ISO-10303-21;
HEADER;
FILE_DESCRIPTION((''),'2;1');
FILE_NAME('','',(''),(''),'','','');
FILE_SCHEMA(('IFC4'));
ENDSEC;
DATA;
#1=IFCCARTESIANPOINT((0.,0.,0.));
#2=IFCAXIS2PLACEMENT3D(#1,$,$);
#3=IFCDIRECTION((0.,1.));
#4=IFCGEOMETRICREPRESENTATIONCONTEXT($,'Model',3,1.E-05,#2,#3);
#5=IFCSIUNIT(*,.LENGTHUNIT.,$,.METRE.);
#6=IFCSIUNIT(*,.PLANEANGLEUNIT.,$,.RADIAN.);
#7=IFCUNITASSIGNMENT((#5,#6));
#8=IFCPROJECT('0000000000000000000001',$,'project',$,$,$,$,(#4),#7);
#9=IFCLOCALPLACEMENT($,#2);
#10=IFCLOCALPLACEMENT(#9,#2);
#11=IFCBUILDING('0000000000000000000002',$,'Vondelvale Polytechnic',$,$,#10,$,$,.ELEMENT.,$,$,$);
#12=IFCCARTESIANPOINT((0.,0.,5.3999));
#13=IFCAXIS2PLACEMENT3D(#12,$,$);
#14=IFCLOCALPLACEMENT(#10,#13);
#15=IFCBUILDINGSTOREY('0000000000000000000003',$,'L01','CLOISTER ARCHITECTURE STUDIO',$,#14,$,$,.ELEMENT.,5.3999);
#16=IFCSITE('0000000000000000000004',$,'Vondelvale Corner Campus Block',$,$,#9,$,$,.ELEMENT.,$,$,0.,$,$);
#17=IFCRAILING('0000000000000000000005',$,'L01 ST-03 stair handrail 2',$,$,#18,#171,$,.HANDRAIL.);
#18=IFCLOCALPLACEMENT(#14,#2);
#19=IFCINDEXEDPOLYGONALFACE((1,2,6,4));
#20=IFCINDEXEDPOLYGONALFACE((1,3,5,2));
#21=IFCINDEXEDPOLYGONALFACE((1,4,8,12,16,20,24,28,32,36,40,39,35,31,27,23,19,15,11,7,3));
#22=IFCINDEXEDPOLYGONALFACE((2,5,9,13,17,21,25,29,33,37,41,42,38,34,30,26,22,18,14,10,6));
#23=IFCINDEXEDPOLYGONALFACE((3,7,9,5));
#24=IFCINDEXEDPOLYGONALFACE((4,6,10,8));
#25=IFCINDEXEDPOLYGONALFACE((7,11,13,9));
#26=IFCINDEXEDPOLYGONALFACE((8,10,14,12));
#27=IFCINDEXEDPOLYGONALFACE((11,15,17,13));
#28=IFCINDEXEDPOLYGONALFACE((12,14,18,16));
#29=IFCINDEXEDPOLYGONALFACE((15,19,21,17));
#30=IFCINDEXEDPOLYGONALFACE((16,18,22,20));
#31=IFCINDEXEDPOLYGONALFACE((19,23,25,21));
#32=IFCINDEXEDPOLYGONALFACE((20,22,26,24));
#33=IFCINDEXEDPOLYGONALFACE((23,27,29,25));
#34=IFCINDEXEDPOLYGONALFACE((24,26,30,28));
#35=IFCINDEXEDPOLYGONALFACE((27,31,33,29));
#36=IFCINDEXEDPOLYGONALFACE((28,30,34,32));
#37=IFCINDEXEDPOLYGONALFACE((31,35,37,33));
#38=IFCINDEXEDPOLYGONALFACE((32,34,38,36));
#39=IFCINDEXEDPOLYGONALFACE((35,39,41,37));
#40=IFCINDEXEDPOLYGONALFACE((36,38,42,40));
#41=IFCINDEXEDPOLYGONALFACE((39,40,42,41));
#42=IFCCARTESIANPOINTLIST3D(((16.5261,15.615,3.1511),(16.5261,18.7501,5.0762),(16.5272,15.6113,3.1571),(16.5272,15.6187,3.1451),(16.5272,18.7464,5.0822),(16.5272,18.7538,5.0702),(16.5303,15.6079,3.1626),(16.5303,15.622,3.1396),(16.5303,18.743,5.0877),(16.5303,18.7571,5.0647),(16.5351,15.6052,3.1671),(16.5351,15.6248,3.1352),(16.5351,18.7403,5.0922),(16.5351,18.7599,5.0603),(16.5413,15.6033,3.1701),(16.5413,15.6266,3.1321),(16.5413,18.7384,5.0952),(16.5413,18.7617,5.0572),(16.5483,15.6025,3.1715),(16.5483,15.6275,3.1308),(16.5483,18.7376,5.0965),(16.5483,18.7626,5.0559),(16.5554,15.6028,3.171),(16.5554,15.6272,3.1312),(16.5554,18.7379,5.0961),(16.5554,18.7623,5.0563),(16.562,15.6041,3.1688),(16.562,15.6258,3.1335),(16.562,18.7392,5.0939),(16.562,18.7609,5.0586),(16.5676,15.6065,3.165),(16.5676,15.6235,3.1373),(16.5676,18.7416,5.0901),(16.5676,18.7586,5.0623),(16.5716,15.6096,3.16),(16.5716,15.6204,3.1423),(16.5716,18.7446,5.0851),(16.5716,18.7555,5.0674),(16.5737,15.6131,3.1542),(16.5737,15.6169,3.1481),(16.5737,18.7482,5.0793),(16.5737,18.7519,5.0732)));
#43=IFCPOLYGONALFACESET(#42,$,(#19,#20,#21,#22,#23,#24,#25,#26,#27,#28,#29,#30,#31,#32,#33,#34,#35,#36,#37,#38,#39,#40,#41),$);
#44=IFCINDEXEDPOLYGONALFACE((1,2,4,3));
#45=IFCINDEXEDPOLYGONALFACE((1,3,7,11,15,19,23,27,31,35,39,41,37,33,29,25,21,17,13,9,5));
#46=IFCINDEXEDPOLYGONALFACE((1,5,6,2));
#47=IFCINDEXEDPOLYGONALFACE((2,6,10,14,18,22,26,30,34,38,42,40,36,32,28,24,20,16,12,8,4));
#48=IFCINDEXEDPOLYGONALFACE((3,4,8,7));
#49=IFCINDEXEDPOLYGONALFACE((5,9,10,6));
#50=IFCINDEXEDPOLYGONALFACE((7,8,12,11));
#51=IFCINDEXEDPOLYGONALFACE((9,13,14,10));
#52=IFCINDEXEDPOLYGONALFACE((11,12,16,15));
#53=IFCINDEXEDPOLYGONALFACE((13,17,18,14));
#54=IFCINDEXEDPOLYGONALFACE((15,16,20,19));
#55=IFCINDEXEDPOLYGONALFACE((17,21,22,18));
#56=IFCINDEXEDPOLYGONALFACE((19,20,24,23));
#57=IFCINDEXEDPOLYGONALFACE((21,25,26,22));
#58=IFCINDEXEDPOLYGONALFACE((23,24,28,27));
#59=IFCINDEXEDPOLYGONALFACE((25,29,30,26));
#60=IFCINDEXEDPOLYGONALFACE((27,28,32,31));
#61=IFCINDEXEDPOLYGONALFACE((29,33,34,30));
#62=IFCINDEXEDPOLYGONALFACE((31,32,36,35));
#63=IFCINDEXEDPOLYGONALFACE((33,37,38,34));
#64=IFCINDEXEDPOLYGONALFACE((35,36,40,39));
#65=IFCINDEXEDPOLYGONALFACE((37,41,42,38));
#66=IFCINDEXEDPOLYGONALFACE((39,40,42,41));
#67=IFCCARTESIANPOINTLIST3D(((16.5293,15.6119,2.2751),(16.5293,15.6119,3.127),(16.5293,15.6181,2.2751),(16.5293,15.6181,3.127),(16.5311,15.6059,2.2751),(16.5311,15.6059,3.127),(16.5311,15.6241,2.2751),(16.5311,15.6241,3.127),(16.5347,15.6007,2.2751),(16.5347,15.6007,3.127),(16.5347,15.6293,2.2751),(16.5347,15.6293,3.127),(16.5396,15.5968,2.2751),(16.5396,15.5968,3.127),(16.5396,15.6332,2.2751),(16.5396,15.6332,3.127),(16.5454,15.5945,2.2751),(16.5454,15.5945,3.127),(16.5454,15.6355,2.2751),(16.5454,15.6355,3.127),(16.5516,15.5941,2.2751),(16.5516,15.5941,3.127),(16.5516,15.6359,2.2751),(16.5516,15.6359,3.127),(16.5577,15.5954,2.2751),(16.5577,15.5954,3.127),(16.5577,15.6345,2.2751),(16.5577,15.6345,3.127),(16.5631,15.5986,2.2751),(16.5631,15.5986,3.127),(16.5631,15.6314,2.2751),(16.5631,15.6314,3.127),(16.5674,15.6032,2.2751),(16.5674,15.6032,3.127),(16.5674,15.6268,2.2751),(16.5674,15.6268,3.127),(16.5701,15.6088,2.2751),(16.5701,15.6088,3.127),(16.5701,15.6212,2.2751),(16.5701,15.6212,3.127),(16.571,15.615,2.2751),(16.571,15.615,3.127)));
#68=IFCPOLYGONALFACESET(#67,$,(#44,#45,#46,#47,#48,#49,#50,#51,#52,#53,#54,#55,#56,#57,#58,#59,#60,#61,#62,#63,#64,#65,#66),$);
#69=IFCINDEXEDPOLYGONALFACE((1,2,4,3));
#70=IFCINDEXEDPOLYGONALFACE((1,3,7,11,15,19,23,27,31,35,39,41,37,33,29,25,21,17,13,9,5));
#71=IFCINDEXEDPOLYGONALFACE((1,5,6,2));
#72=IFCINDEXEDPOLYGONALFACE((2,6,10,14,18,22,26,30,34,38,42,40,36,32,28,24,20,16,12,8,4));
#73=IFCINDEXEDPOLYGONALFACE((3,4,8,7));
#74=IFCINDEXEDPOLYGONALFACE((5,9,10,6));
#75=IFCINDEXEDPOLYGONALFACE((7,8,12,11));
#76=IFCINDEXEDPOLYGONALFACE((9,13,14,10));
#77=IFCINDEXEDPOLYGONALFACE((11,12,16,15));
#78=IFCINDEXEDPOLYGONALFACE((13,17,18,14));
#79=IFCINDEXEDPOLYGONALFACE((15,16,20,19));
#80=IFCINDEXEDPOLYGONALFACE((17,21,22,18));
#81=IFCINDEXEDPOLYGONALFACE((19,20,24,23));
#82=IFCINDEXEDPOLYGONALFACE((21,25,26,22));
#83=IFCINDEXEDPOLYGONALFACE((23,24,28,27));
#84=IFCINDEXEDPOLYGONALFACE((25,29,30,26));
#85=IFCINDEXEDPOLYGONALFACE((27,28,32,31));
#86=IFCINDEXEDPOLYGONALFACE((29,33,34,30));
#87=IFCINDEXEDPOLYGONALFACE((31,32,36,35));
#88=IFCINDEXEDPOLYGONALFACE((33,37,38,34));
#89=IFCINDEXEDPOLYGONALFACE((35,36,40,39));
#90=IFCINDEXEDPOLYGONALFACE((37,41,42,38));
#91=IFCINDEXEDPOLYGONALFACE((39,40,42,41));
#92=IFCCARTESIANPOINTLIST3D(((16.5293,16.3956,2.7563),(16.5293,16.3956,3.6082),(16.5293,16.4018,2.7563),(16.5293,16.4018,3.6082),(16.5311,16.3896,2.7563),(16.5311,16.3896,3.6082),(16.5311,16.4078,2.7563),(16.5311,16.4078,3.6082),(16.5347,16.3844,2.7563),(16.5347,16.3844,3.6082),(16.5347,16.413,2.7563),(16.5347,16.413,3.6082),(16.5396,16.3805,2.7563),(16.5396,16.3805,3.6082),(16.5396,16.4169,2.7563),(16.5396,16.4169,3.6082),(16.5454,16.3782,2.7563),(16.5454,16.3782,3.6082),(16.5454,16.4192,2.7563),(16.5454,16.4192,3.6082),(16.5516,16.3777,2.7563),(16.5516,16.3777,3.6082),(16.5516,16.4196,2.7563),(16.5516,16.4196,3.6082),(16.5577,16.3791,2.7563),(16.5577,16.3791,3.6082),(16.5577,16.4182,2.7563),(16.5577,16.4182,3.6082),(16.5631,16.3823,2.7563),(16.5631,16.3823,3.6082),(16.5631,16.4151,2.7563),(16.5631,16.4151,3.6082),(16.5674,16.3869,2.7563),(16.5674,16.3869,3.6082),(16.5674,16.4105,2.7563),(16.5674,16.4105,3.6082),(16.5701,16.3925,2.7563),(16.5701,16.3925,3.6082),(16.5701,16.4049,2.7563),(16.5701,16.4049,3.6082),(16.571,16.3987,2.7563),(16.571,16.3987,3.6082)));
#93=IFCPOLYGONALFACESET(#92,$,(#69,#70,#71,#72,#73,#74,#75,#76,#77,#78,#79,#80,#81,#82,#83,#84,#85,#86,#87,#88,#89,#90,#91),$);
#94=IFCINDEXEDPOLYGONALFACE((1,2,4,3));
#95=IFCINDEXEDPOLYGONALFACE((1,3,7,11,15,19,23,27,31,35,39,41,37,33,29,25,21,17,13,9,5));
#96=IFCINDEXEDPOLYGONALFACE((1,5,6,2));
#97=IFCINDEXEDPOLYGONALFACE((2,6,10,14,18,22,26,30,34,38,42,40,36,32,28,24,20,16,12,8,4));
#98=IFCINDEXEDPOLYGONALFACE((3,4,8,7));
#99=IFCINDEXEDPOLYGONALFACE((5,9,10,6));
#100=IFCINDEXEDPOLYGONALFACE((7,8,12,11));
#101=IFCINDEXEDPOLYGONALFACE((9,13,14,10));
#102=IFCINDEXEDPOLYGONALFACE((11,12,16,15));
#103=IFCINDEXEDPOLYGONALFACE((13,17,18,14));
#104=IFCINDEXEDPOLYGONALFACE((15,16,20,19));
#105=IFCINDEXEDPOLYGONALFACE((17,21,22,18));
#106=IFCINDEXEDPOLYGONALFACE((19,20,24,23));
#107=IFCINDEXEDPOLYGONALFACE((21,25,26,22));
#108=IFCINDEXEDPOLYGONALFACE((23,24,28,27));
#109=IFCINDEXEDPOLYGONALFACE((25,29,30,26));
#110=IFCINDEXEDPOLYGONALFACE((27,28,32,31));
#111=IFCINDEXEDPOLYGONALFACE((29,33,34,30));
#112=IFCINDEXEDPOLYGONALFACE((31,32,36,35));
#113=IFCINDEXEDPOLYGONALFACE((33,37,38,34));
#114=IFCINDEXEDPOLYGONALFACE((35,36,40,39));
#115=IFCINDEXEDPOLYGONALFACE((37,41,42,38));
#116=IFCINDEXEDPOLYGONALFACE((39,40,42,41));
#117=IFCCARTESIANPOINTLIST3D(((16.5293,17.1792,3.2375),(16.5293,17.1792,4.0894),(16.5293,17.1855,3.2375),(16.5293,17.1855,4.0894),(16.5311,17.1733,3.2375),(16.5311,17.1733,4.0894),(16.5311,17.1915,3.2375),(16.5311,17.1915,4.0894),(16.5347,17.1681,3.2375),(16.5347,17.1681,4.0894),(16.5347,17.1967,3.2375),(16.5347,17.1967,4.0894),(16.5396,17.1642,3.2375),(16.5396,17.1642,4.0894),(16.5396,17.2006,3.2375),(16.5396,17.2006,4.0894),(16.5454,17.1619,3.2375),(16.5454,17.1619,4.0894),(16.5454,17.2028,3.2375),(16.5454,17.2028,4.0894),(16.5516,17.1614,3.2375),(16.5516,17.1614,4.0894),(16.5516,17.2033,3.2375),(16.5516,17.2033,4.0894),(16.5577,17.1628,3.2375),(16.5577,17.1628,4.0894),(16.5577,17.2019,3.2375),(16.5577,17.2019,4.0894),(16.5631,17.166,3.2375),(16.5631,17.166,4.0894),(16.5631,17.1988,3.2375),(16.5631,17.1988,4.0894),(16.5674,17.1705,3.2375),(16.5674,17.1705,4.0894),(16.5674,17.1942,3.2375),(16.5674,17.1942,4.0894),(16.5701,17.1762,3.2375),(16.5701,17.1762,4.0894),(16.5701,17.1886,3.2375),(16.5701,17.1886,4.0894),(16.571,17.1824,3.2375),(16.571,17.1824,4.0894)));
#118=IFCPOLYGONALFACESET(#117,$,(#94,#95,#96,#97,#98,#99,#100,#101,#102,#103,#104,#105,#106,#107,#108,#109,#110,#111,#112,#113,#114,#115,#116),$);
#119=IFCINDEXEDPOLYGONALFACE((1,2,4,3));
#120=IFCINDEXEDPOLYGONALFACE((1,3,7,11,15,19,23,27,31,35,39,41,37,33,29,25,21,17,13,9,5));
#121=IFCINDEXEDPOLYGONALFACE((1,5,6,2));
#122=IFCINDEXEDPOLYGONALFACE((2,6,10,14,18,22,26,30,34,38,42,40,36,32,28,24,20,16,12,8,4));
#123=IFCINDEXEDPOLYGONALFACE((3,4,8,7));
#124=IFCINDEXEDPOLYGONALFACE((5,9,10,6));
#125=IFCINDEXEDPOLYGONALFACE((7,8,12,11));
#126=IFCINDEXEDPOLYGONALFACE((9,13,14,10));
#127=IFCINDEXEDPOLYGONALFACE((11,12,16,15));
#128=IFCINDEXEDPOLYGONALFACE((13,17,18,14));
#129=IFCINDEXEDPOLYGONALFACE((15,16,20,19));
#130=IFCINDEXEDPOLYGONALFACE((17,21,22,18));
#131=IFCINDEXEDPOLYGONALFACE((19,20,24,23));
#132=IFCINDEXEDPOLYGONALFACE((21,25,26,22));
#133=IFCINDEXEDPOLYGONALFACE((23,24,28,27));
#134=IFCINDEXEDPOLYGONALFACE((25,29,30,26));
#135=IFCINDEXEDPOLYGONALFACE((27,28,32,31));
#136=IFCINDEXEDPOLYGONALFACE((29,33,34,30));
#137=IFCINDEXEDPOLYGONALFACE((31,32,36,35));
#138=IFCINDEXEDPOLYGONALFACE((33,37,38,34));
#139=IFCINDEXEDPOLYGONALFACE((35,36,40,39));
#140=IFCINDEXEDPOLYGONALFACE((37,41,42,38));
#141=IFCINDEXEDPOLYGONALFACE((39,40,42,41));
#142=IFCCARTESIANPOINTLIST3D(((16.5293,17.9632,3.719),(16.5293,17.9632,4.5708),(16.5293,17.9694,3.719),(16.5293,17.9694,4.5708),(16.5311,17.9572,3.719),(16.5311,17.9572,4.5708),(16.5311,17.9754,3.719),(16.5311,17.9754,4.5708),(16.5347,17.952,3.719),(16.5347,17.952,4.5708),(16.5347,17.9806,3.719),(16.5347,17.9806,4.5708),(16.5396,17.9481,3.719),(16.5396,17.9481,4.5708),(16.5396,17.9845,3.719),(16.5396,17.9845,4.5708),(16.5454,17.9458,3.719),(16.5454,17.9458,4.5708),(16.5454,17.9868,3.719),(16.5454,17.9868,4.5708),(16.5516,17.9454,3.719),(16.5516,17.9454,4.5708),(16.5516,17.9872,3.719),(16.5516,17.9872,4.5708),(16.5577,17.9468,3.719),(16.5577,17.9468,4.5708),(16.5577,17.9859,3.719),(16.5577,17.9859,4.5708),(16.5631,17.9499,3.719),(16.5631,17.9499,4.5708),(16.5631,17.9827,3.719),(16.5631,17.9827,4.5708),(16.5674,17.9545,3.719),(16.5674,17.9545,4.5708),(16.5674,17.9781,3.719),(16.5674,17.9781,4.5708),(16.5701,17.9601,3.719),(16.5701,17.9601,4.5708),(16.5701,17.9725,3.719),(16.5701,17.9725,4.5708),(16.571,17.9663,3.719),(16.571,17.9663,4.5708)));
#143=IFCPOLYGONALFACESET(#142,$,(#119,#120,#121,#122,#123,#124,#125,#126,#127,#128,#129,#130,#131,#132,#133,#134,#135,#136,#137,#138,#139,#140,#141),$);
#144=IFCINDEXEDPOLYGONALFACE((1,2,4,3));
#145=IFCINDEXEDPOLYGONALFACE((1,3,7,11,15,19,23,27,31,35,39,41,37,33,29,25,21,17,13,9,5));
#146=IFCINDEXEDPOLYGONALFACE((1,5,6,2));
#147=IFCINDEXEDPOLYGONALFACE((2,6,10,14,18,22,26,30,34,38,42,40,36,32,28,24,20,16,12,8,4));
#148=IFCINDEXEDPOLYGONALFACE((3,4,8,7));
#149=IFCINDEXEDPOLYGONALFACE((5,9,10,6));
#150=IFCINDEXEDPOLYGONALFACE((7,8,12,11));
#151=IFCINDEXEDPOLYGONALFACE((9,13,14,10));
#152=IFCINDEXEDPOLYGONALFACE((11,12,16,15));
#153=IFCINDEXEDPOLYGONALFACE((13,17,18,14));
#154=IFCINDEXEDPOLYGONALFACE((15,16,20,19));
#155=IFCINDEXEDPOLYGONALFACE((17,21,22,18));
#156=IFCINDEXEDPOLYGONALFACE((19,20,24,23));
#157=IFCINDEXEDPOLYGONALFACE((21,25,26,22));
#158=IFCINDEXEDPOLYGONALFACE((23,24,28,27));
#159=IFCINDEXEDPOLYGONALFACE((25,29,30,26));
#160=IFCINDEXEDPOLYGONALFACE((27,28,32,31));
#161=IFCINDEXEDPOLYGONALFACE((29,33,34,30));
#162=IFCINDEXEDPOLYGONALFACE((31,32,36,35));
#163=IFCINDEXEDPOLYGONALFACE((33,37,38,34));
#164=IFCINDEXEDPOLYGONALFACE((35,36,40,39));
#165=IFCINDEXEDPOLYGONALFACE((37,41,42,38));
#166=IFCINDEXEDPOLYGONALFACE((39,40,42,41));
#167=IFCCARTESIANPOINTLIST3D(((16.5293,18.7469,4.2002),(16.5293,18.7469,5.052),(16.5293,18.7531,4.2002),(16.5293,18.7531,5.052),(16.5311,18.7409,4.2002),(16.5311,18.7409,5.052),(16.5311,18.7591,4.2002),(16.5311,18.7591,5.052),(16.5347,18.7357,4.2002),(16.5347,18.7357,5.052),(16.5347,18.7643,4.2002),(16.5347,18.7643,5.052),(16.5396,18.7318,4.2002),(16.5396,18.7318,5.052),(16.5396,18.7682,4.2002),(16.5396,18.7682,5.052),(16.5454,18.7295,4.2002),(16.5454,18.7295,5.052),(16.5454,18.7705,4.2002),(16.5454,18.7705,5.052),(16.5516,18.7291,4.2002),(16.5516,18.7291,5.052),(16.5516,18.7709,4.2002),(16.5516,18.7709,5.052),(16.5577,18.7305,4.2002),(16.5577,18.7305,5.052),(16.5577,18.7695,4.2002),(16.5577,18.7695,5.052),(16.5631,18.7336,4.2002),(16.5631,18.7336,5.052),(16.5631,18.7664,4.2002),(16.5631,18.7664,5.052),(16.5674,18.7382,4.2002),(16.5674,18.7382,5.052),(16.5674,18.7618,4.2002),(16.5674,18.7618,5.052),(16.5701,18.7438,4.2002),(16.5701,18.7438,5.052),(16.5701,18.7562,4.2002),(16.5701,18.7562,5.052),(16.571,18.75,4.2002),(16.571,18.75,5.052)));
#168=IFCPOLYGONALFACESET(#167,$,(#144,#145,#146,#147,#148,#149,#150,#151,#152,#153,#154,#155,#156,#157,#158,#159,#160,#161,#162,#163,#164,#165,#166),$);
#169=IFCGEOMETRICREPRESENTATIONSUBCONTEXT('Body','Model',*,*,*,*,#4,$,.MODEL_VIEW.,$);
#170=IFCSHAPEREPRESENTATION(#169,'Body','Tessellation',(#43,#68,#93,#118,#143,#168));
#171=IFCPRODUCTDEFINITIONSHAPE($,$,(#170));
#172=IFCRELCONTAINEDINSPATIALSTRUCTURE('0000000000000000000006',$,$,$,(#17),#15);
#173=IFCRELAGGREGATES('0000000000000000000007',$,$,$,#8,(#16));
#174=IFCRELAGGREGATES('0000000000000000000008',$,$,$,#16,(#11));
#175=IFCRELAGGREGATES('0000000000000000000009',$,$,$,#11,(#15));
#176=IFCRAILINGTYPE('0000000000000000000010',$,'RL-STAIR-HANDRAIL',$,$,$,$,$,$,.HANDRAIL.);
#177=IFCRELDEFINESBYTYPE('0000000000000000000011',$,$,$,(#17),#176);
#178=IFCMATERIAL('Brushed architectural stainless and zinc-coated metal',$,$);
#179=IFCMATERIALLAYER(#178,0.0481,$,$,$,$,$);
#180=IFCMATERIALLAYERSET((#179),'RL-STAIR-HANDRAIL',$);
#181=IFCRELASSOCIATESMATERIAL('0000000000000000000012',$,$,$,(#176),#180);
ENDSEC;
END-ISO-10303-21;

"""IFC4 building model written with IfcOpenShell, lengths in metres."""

from ifc_helpers import new_model, si_unit, direction, frame, origin, origin_2d, place, context, subcontext, project, spatial, circle, extrude, material, layer, layer_set, type_object, element, save


model = new_model("IFC4")

# Units and contexts
model_context = context("Model", 3, precision=1e-05, world=origin(), true_north=direction((0.0, 1.0)))
body_context = subcontext(model_context, "Body", "Model", "MODEL_VIEW")
ifc_project = project(units=[si_unit("LENGTHUNIT", "METRE"), si_unit("PLANEANGLEUNIT", "RADIAN")], contexts=[model_context])

# Site, building, storey
site_placement = place(None, origin())
site = spatial("IfcSite", under=ifc_project, at=site_placement, Name="Vondelvale Corner Campus Block", CompositionType="ELEMENT", RefElevation=0.0)
building_placement = place(site_placement, origin())
building = spatial("IfcBuilding", under=site, at=building_placement, Name="Vondelvale Polytechnic", CompositionType="ELEMENT")
storey_placement = place(building_placement, frame((0.0, 0.0, 5.3999)))
storey = spatial("IfcBuildingStorey", under=building, at=storey_placement, Name="L01", Description="CLOISTER ARCHITECTURE STUDIO", CompositionType="ELEMENT", Elevation=5.3999)

# Shared definitions
ifc_material_1 = material(Name="Brushed architectural stainless and zinc-coated metal")

# Railing
ifc_layer_1 = layer(ifc_material_1, 0.0481)
ifc_layer_set_1 = layer_set([ifc_layer_1], Name="RL-STAIR-HANDRAIL")
railing_type_1 = type_object("IfcRailingType", Name="RL-STAIR-HANDRAIL", PredefinedType="HANDRAIL", material=ifc_layer_set_1)
railing_1_placement = place(storey_placement, frame((16.55, 15.615, 2.2751)))
element("IfcRailing", 1, at=railing_1_placement, inside=storey, type_object=railing_type_1, Name="L01 ST-03 stair handrail 2", PredefinedType="HANDRAIL", context=body_context, shape_type="SweptSolid", body=[
    extrude(circle(Radius=0.0239, at=origin_2d()), frame((0.0, 0.0, 0.876), z_axis=(0.0, 0.852166, 0.523271), x_axis=(-1.0, 0.0, 0.0)), (0.0, 0.0, 1.0), 3.679),
    extrude(circle(Radius=0.021, at=origin_2d()), origin(), (0.0, 0.0, 1.0), 0.8518),
    extrude(circle(Radius=0.021, at=origin_2d()), frame((0.0, 0.7837, 0.4812)), (0.0, 0.0, 1.0), 0.8518),
    extrude(circle(Radius=0.021, at=origin_2d()), frame((0.0, 1.5674, 0.9624)), (0.0, 0.0, 1.0), 0.8518),
    extrude(circle(Radius=0.021, at=origin_2d()), frame((0.0, 2.3513, 1.4438)), (0.0, 0.0, 1.0), 0.8518),
    extrude(circle(Radius=0.021, at=origin_2d()), frame((0.0, 3.135, 1.925)), (0.0, 0.0, 1.0), 0.8518),
])

save(model, "model.ifc")
